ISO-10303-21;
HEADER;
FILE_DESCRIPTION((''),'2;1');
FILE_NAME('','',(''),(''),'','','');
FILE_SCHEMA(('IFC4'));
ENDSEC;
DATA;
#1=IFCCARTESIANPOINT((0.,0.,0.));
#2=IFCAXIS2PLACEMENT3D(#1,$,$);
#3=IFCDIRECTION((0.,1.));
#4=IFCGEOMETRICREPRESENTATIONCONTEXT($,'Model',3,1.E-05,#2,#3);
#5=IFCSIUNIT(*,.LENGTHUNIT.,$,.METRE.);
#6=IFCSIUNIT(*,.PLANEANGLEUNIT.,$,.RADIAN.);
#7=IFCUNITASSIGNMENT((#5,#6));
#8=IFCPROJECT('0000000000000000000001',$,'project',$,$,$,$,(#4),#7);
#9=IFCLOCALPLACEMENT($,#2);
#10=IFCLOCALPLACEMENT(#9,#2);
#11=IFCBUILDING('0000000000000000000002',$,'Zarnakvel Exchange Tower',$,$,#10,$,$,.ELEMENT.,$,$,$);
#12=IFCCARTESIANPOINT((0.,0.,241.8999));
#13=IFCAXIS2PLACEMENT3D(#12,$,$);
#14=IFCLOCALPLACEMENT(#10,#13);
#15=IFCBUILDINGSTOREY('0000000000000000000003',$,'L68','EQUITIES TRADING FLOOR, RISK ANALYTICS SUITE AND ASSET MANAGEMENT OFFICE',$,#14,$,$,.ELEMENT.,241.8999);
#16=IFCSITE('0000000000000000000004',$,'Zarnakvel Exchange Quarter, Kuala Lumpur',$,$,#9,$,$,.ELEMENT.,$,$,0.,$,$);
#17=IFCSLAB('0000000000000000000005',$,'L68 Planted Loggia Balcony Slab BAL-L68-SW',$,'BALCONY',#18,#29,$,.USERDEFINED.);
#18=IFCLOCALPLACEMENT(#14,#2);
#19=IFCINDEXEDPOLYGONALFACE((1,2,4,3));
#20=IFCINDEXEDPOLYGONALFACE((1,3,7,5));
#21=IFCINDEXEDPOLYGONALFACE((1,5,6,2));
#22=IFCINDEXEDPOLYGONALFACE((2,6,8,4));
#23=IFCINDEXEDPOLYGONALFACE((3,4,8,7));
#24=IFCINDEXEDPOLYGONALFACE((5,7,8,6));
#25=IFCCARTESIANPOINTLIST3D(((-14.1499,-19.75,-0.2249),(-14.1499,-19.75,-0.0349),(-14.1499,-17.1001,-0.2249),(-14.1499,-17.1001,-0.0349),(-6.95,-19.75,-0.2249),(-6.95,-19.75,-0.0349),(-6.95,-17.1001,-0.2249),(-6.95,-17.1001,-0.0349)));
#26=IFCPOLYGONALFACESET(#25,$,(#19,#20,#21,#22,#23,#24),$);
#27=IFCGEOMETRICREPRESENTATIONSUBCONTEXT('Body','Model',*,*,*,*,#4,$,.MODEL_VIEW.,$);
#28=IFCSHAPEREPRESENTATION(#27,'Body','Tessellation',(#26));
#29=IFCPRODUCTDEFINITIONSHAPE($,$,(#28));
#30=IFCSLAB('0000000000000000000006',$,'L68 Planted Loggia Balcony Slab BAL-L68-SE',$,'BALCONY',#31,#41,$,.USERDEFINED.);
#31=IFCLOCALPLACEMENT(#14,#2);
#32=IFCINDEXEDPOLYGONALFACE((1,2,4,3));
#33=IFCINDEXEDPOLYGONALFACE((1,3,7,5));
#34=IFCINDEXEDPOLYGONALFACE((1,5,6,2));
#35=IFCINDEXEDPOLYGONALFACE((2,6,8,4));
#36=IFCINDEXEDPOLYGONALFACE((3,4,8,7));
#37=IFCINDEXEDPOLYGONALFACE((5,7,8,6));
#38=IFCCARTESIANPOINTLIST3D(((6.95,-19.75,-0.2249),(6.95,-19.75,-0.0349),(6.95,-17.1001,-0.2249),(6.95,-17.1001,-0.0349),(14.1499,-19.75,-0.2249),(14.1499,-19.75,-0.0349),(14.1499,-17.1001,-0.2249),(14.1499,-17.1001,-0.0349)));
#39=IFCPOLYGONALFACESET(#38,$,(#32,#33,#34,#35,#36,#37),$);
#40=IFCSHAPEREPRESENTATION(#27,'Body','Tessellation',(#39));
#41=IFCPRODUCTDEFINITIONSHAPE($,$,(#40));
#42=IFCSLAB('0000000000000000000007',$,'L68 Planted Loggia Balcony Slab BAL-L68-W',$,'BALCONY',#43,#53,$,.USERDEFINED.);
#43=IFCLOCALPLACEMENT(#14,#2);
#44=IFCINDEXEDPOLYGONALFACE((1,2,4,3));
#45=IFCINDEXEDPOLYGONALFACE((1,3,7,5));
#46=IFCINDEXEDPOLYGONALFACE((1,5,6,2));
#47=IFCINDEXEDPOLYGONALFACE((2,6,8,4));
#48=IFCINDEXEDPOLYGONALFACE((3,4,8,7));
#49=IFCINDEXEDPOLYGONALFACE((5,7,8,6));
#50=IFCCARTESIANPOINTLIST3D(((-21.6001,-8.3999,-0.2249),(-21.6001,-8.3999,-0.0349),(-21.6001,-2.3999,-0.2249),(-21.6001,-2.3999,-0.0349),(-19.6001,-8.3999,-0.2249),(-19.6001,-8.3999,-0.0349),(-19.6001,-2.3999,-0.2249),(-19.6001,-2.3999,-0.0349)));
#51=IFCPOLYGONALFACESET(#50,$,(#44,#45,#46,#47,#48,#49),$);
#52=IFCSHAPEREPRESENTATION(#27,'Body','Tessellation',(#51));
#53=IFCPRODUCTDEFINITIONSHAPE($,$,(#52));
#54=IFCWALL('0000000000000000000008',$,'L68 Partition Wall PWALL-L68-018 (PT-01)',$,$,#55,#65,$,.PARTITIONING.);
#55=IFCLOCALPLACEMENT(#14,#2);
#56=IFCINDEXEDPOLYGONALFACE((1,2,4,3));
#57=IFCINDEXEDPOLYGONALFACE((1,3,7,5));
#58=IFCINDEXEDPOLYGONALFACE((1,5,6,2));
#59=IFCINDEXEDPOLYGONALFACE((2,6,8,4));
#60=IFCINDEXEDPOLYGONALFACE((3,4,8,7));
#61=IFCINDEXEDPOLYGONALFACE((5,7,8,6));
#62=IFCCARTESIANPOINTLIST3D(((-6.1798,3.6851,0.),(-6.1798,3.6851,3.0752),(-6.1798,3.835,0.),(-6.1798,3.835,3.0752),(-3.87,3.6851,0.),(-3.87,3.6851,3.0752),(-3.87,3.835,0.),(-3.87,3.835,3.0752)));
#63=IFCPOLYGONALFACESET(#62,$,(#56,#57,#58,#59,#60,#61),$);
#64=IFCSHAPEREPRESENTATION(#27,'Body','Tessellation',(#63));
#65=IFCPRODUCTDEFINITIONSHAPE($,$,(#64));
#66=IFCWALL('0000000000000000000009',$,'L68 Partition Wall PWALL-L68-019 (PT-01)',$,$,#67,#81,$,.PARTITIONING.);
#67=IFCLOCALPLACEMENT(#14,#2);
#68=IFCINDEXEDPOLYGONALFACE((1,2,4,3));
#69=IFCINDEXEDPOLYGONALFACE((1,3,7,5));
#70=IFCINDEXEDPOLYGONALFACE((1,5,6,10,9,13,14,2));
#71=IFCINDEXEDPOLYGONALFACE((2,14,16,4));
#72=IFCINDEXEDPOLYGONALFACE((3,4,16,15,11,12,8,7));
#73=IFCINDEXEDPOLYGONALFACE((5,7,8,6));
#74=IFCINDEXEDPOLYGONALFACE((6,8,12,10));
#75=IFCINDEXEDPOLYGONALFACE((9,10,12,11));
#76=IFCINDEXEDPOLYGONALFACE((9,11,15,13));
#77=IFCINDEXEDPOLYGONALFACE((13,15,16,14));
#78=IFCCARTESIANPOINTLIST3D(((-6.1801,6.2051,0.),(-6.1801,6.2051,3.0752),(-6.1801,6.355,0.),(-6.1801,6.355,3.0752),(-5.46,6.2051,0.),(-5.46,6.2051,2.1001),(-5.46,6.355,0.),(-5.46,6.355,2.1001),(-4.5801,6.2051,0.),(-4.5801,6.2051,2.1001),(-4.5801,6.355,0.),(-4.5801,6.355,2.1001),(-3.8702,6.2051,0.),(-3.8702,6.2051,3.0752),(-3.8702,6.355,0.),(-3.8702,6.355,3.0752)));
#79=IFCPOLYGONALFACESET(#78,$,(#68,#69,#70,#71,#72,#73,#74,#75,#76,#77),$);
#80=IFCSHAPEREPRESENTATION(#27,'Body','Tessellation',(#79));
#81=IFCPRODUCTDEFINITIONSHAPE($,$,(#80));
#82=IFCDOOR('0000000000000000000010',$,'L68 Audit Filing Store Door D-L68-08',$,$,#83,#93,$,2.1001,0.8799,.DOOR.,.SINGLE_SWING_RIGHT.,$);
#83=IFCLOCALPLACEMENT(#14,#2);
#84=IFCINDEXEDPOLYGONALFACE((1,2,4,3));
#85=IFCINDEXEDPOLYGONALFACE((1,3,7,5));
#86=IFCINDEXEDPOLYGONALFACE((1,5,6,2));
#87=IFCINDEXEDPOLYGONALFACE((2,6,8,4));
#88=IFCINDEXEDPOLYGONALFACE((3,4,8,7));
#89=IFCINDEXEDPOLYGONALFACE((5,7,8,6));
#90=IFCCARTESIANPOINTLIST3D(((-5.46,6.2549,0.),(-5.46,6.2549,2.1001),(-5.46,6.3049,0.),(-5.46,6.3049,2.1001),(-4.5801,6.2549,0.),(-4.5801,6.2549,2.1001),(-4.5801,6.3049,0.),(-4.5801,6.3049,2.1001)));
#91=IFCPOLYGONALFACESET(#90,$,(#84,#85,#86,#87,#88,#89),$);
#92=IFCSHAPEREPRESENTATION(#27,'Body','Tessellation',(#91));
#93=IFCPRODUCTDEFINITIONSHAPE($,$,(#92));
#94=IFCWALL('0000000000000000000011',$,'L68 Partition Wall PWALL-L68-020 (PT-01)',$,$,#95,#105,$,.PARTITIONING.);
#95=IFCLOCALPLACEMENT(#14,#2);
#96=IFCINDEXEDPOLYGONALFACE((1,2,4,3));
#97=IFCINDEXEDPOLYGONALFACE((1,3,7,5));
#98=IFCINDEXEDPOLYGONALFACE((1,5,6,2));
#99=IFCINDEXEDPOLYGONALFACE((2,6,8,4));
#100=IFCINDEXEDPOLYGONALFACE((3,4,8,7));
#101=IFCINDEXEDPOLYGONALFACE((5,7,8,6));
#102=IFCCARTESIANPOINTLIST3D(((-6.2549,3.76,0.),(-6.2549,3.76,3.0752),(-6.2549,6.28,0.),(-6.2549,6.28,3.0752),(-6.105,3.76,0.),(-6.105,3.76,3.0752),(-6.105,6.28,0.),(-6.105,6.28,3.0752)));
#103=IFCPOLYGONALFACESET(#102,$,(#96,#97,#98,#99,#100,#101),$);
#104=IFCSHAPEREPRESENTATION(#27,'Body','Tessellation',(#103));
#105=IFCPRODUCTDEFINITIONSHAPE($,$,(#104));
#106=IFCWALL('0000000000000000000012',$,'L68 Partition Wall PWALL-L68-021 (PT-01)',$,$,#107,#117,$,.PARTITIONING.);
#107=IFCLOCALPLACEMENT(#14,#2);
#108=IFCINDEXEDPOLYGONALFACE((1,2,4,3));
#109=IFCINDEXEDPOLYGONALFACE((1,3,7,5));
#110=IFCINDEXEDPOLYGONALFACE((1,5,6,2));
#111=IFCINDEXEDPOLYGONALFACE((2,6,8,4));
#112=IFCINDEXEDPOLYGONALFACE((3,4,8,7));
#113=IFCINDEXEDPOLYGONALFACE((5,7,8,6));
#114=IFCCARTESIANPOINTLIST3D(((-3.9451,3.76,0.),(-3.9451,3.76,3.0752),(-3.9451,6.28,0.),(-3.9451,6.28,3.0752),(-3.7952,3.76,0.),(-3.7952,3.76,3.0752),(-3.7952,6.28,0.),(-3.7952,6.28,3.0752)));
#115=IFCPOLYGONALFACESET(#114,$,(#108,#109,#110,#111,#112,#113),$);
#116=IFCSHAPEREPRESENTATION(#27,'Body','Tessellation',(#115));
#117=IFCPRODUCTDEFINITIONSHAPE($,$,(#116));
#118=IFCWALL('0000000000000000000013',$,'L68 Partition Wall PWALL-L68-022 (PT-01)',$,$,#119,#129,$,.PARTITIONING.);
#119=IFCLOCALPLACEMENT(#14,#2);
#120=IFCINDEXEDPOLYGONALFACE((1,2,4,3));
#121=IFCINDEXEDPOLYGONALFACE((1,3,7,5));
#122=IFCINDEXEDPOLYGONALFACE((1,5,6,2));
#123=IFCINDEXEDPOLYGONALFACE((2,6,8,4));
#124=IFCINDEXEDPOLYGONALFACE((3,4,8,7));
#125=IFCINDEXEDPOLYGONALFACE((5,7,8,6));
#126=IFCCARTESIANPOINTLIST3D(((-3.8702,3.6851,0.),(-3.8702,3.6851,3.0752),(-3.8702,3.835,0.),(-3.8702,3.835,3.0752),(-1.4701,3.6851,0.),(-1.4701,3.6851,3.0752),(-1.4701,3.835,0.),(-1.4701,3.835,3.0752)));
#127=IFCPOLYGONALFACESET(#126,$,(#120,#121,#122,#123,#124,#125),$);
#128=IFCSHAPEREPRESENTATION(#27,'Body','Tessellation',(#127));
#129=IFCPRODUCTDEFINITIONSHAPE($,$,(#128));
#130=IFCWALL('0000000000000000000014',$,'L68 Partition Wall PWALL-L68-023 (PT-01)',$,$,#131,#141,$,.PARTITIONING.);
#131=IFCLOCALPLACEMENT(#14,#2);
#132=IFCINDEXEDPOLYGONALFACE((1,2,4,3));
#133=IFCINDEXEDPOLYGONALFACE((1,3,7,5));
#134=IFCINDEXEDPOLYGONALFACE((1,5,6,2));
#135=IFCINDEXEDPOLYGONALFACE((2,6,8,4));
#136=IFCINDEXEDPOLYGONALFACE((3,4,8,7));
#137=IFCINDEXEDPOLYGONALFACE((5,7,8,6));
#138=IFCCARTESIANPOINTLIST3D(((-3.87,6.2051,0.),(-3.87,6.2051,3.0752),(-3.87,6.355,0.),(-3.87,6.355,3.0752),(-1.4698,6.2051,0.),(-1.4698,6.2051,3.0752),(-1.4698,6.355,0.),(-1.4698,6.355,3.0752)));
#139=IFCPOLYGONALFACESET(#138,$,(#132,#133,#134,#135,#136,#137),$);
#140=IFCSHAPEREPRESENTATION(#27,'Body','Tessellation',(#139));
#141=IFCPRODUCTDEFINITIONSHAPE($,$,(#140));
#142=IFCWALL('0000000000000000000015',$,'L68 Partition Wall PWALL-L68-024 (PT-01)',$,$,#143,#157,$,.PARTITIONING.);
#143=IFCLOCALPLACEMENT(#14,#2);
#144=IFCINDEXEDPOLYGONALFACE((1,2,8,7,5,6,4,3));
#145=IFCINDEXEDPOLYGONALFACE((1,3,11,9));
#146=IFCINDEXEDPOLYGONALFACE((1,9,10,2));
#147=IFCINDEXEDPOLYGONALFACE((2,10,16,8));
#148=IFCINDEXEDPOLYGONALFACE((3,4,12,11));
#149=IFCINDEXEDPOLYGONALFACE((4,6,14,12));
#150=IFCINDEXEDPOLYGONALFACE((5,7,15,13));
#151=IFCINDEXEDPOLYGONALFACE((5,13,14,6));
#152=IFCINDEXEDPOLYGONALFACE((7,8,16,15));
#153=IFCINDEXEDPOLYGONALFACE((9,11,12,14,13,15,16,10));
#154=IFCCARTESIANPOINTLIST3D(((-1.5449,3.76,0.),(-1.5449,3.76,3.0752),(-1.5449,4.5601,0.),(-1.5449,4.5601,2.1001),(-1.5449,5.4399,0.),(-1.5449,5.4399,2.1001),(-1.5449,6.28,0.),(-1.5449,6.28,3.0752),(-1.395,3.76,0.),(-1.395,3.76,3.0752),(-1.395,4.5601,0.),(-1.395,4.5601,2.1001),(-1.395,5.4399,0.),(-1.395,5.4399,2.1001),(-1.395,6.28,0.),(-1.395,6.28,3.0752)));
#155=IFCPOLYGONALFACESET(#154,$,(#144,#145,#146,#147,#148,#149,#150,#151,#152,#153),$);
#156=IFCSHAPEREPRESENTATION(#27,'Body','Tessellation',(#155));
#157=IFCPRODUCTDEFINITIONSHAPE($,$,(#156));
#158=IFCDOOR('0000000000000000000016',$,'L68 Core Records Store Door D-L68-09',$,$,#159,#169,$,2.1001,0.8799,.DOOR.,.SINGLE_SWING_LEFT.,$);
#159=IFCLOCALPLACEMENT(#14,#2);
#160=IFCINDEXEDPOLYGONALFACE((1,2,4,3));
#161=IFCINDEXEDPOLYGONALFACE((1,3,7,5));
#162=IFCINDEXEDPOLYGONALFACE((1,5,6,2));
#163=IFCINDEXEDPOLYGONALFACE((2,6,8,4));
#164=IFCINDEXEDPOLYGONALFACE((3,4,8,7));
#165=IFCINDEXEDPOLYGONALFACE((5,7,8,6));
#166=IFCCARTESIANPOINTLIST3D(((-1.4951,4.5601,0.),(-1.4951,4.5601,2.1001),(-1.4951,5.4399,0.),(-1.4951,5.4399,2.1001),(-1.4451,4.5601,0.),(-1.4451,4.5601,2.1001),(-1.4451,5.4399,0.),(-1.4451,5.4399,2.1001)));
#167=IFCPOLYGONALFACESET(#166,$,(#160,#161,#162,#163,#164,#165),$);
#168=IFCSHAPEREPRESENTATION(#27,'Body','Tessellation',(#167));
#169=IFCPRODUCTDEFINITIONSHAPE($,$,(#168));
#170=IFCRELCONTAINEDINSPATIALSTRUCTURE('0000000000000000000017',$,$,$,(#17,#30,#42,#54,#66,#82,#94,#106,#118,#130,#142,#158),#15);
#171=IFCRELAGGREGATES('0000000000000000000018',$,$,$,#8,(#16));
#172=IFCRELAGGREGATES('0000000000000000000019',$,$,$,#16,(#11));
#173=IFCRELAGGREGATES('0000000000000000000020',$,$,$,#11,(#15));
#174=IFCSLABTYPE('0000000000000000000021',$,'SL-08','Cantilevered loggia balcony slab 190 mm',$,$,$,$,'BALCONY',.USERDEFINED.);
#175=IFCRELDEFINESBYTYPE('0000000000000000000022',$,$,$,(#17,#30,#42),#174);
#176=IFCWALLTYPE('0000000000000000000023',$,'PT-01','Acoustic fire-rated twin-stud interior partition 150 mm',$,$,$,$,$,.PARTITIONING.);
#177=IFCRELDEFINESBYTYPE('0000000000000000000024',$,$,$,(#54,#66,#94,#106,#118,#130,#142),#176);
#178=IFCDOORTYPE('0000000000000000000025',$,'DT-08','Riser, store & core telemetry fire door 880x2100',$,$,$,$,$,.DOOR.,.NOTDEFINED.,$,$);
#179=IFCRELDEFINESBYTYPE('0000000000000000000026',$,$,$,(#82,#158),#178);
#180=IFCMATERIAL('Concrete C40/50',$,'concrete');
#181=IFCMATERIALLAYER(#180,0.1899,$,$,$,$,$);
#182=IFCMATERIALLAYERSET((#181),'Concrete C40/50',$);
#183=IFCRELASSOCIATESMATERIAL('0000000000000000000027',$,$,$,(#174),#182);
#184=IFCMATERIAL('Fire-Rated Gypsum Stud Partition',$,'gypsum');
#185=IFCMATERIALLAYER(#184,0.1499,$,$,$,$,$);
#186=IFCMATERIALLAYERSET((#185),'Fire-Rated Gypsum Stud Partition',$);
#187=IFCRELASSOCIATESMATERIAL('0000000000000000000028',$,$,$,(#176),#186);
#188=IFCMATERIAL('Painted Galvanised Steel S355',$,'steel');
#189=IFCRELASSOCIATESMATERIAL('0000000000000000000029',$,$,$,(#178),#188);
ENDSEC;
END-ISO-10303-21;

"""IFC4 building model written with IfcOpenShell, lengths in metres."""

from ifc_helpers import new_model, si_unit, direction, frame, frame_2d, origin, place, context, subcontext, project, spatial, polyline, rectangle, outline, extrude, source, transform, mapped, material, layer, layer_set, type_object, element, fill, save


model = new_model("IFC4")

# Units and contexts
model_context = context("Model", 3, precision=1e-05, world=origin(), true_north=direction((0.0, 1.0)))
body_context = subcontext(model_context, "Body", "Model", "MODEL_VIEW")
ifc_project = project(units=[si_unit("LENGTHUNIT", "METRE"), si_unit("PLANEANGLEUNIT", "RADIAN")], contexts=[model_context])

# Site, building, storey
site_placement = place(None, origin())
site = spatial("IfcSite", under=ifc_project, at=site_placement, Name="Zarnakvel Exchange Quarter, Kuala Lumpur", CompositionType="ELEMENT", RefElevation=0.0)
building_placement = place(site_placement, origin())
building = spatial("IfcBuilding", under=site, at=building_placement, Name="Zarnakvel Exchange Tower", CompositionType="ELEMENT")
storey_placement = place(building_placement, frame((0.0, 0.0, 241.8999)))
storey = spatial("IfcBuildingStorey", under=building, at=storey_placement, Name="L68", Description="EQUITIES TRADING FLOOR, RISK ANALYTICS SUITE AND ASSET MANAGEMENT OFFICE", CompositionType="ELEMENT", Elevation=241.8999)

# Slabs
ifc_material_1 = material(Name="Concrete C40/50", Category="concrete")
ifc_layer_1 = layer(ifc_material_1, 0.1899)
ifc_layer_set_1 = layer_set([ifc_layer_1], Name="Concrete C40/50")
slab_type = type_object("IfcSlabType", Name="SL-08", Description="Cantilevered loggia balcony slab 190 mm", ElementType="BALCONY", PredefinedType="USERDEFINED", material=ifc_layer_set_1)
slab_1_placement = place(storey_placement, frame((0.0, 0.0, -0.2249)))
element("IfcSlab", 1, at=slab_1_placement, inside=storey, type_object=slab_type, Name="L68 Planted Loggia Balcony Slab BAL-L68-SW", ObjectType="BALCONY", PredefinedType="USERDEFINED", context=body_context, shape_type="SweptSolid", body=[
    extrude(outline(polyline([(-14.1499, -19.75), (-6.95, -19.75), (-6.95, -17.1001), (-14.1499, -17.1001), (-14.1499, -19.75)])), origin(), (0.0, 0.0, 1.0), 0.1899),
])
slab_2_placement = place(storey_placement, frame((0.0, 0.0, -0.2249)))
element("IfcSlab", 2, at=slab_2_placement, inside=storey, type_object=slab_type, Name="L68 Planted Loggia Balcony Slab BAL-L68-SE", ObjectType="BALCONY", PredefinedType="USERDEFINED", context=body_context, shape_type="SweptSolid", body=[
    extrude(outline(polyline([(6.95, -19.75), (14.1499, -19.75), (14.1499, -17.1001), (6.95, -17.1001), (6.95, -19.75)])), origin(), (0.0, 0.0, 1.0), 0.1899),
])
slab_3_placement = place(storey_placement, frame((0.0, 0.0, -0.2249)))
element("IfcSlab", 3, at=slab_3_placement, inside=storey, type_object=slab_type, Name="L68 Planted Loggia Balcony Slab BAL-L68-W", ObjectType="BALCONY", PredefinedType="USERDEFINED", context=body_context, shape_type="SweptSolid", body=[
    extrude(outline(polyline([(-21.6001, -8.3999), (-19.6001, -8.3999), (-19.6001, -2.3999), (-21.6001, -2.3999), (-21.6001, -8.3999)])), origin(), (0.0, 0.0, 1.0), 0.1899),
])

# Wall
ifc_material_2 = material(Name="Fire-Rated Gypsum Stud Partition", Category="gypsum")
ifc_layer_2 = layer(ifc_material_2, 0.1499)
ifc_layer_set_2 = layer_set([ifc_layer_2], Name="Fire-Rated Gypsum Stud Partition")
wall_type_1 = type_object("IfcWallType", Name="PT-01", Description="Acoustic fire-rated twin-stud interior partition 150 mm", PredefinedType="PARTITIONING", material=ifc_layer_set_2)
wall_1_placement = place(storey_placement, frame((-3.8701, 3.76, 0.0), z_axis=(0.0, 0.0, 1.0), x_axis=(-1.0, 0.0, 0.0)))
element("IfcWall", 4, at=wall_1_placement, inside=storey, type_object=wall_type_1, Name="L68 Partition Wall PWALL-L68-018 (PT-01)", PredefinedType="PARTITIONING", context=body_context, shape_type="SweptSolid", body=[
    extrude(rectangle(XDim=2.3098, YDim=0.1499, at=frame_2d((1.1548, 0.0))), origin(), (0.0, 0.0, 1.0), 3.0752),
])

# Wall, opening, door
wall_2_placement = place(storey_placement, frame((-6.1799, 6.28, 0.0), z_axis=(0.0, 0.0, 1.0), x_axis=(1.0, 0.0, 0.0)))
wall_2 = element("IfcWall", 5, at=wall_2_placement, inside=storey, type_object=wall_type_1, Name="L68 Partition Wall PWALL-L68-019 (PT-01)", PredefinedType="PARTITIONING", context=body_context, shape_type="SweptSolid", body=[
    extrude(rectangle(XDim=2.3098, YDim=0.1499, at=frame_2d((1.1548, 0.0))), origin(), (0.0, 0.0, 1.0), 3.0752),
])
opening_1_placement = place(wall_2_placement, frame((0.72, 0.0, 0.0)))
opening_1 = element("IfcOpeningElement", 6, at=opening_1_placement, cuts=wall_2, PredefinedType="OPENING", context=body_context, shape_type="SweptSolid", body=[
    extrude(rectangle(XDim=0.8799, YDim=2.1001, at=frame_2d((0.4399, 1.05))), frame((0.0, 0.085, 0.0), z_axis=(0.0, -1.0, 0.0), x_axis=(1.0, 0.0, 0.0)), (0.0, 0.0, 1.0), 0.1699),
])
ifc_material_3 = material(Name="Painted Galvanised Steel S355", Category="steel")
door_type_1 = type_object("IfcDoorType", Name="DT-08", Description="Riser, store & core telemetry fire door 880x2100", OperationType="NOTDEFINED", PredefinedType="DOOR", material=ifc_material_3)
shared_shape_1 = source(origin(), body_context, "Body", "SweptSolid", [
    extrude(rectangle(XDim=0.8799, YDim=2.1001, at=frame_2d((0.4399, 1.05))), frame((0.0, 0.0249, 0.0), z_axis=(0.0, -1.0, 0.0), x_axis=(1.0, 0.0, 0.0)), (0.0, 0.0, 1.0), 0.05),
])
door_1_placement = place(opening_1_placement, origin())
door_1 = element("IfcDoor", 7, at=door_1_placement, inside=storey, type_object=door_type_1, Name="L68 Audit Filing Store Door D-L68-08", OperationType="SINGLE_SWING_RIGHT", OverallHeight=2.1001, OverallWidth=0.8799, PredefinedType="DOOR", context=body_context, shape_type="MappedRepresentation", body=[
    mapped(shared_shape_1, transform((0.0, 0.0, 0.0), x_axis=(1.0, 0.0, 0.0), y_axis=(0.0, 1.0, 0.0), z_axis=(0.0, 0.0, 1.0), scale=1.0)),
])
fill(opening_1, door_1)

# Walls
for number, where, z_axis, x_axis, name in (
    (8, (-6.1799, 3.76, 0.0), (0.0, 0.0, 1.0), (0.0, 1.0, 0.0), "L68 Partition Wall PWALL-L68-020 (PT-01)"),
    (9, (-3.8701, 6.28, 0.0), (0.0, 0.0, 1.0), (0.0, -1.0, 0.0), "L68 Partition Wall PWALL-L68-021 (PT-01)"),
):
    element("IfcWall", number, at=place(storey_placement, frame(where, z_axis=z_axis, x_axis=x_axis)), inside=storey, type_object=wall_type_1, Name=name, PredefinedType="PARTITIONING", context=body_context, shape_type="SweptSolid", body=[
        extrude(rectangle(XDim=2.52, YDim=0.1499, at=frame_2d((1.26, 0.0))), origin(), (0.0, 0.0, 1.0), 3.0752),
    ])
for number, where, z_axis, x_axis, name in (
    (10, (-1.47, 3.76, 0.0), (0.0, 0.0, 1.0), (-1.0, 0.0, 0.0), "L68 Partition Wall PWALL-L68-022 (PT-01)"),
    (11, (-3.8701, 6.28, 0.0), (0.0, 0.0, 1.0), (1.0, 0.0, 0.0), "L68 Partition Wall PWALL-L68-023 (PT-01)"),
):
    element("IfcWall", number, at=place(storey_placement, frame(where, z_axis=z_axis, x_axis=x_axis)), inside=storey, type_object=wall_type_1, Name=name, PredefinedType="PARTITIONING", context=body_context, shape_type="SweptSolid", body=[
        extrude(rectangle(XDim=2.4001, YDim=0.1499, at=frame_2d((1.2002, 0.0))), origin(), (0.0, 0.0, 1.0), 3.0752),
    ])

# Wall, opening, door
wall_3_placement = place(storey_placement, frame((-1.47, 6.28, 0.0), z_axis=(0.0, 0.0, 1.0), x_axis=(0.0, -1.0, 0.0)))
wall_3 = element("IfcWall", 12, at=wall_3_placement, inside=storey, type_object=wall_type_1, Name="L68 Partition Wall PWALL-L68-024 (PT-01)", PredefinedType="PARTITIONING", context=body_context, shape_type="SweptSolid", body=[
    extrude(rectangle(XDim=2.52, YDim=0.1499, at=frame_2d((1.26, 0.0))), origin(), (0.0, 0.0, 1.0), 3.0752),
])
opening_2_placement = place(wall_3_placement, frame((0.8401, 0.0, 0.0)))
opening_2 = element("IfcOpeningElement", 13, at=opening_2_placement, cuts=wall_3, PredefinedType="OPENING", context=body_context, shape_type="SweptSolid", body=[
    extrude(rectangle(XDim=0.8799, YDim=2.1001, at=frame_2d((0.4399, 1.05))), frame((0.0, 0.085, 0.0), z_axis=(0.0, -1.0, 0.0), x_axis=(1.0, 0.0, 0.0)), (0.0, 0.0, 1.0), 0.1699),
])
door_2_placement = place(opening_2_placement, origin())
door_2 = element("IfcDoor", 14, at=door_2_placement, inside=storey, type_object=door_type_1, Name="L68 Core Records Store Door D-L68-09", OperationType="SINGLE_SWING_LEFT", OverallHeight=2.1001, OverallWidth=0.8799, PredefinedType="DOOR", context=body_context, shape_type="MappedRepresentation", body=[
    mapped(shared_shape_1, transform((0.0, 0.0, 0.0), x_axis=(1.0, 0.0, 0.0), y_axis=(0.0, 1.0, 0.0), z_axis=(0.0, 0.0, 1.0), scale=1.0)),
])
fill(opening_2, door_2)

save(model, "model.ifc")
